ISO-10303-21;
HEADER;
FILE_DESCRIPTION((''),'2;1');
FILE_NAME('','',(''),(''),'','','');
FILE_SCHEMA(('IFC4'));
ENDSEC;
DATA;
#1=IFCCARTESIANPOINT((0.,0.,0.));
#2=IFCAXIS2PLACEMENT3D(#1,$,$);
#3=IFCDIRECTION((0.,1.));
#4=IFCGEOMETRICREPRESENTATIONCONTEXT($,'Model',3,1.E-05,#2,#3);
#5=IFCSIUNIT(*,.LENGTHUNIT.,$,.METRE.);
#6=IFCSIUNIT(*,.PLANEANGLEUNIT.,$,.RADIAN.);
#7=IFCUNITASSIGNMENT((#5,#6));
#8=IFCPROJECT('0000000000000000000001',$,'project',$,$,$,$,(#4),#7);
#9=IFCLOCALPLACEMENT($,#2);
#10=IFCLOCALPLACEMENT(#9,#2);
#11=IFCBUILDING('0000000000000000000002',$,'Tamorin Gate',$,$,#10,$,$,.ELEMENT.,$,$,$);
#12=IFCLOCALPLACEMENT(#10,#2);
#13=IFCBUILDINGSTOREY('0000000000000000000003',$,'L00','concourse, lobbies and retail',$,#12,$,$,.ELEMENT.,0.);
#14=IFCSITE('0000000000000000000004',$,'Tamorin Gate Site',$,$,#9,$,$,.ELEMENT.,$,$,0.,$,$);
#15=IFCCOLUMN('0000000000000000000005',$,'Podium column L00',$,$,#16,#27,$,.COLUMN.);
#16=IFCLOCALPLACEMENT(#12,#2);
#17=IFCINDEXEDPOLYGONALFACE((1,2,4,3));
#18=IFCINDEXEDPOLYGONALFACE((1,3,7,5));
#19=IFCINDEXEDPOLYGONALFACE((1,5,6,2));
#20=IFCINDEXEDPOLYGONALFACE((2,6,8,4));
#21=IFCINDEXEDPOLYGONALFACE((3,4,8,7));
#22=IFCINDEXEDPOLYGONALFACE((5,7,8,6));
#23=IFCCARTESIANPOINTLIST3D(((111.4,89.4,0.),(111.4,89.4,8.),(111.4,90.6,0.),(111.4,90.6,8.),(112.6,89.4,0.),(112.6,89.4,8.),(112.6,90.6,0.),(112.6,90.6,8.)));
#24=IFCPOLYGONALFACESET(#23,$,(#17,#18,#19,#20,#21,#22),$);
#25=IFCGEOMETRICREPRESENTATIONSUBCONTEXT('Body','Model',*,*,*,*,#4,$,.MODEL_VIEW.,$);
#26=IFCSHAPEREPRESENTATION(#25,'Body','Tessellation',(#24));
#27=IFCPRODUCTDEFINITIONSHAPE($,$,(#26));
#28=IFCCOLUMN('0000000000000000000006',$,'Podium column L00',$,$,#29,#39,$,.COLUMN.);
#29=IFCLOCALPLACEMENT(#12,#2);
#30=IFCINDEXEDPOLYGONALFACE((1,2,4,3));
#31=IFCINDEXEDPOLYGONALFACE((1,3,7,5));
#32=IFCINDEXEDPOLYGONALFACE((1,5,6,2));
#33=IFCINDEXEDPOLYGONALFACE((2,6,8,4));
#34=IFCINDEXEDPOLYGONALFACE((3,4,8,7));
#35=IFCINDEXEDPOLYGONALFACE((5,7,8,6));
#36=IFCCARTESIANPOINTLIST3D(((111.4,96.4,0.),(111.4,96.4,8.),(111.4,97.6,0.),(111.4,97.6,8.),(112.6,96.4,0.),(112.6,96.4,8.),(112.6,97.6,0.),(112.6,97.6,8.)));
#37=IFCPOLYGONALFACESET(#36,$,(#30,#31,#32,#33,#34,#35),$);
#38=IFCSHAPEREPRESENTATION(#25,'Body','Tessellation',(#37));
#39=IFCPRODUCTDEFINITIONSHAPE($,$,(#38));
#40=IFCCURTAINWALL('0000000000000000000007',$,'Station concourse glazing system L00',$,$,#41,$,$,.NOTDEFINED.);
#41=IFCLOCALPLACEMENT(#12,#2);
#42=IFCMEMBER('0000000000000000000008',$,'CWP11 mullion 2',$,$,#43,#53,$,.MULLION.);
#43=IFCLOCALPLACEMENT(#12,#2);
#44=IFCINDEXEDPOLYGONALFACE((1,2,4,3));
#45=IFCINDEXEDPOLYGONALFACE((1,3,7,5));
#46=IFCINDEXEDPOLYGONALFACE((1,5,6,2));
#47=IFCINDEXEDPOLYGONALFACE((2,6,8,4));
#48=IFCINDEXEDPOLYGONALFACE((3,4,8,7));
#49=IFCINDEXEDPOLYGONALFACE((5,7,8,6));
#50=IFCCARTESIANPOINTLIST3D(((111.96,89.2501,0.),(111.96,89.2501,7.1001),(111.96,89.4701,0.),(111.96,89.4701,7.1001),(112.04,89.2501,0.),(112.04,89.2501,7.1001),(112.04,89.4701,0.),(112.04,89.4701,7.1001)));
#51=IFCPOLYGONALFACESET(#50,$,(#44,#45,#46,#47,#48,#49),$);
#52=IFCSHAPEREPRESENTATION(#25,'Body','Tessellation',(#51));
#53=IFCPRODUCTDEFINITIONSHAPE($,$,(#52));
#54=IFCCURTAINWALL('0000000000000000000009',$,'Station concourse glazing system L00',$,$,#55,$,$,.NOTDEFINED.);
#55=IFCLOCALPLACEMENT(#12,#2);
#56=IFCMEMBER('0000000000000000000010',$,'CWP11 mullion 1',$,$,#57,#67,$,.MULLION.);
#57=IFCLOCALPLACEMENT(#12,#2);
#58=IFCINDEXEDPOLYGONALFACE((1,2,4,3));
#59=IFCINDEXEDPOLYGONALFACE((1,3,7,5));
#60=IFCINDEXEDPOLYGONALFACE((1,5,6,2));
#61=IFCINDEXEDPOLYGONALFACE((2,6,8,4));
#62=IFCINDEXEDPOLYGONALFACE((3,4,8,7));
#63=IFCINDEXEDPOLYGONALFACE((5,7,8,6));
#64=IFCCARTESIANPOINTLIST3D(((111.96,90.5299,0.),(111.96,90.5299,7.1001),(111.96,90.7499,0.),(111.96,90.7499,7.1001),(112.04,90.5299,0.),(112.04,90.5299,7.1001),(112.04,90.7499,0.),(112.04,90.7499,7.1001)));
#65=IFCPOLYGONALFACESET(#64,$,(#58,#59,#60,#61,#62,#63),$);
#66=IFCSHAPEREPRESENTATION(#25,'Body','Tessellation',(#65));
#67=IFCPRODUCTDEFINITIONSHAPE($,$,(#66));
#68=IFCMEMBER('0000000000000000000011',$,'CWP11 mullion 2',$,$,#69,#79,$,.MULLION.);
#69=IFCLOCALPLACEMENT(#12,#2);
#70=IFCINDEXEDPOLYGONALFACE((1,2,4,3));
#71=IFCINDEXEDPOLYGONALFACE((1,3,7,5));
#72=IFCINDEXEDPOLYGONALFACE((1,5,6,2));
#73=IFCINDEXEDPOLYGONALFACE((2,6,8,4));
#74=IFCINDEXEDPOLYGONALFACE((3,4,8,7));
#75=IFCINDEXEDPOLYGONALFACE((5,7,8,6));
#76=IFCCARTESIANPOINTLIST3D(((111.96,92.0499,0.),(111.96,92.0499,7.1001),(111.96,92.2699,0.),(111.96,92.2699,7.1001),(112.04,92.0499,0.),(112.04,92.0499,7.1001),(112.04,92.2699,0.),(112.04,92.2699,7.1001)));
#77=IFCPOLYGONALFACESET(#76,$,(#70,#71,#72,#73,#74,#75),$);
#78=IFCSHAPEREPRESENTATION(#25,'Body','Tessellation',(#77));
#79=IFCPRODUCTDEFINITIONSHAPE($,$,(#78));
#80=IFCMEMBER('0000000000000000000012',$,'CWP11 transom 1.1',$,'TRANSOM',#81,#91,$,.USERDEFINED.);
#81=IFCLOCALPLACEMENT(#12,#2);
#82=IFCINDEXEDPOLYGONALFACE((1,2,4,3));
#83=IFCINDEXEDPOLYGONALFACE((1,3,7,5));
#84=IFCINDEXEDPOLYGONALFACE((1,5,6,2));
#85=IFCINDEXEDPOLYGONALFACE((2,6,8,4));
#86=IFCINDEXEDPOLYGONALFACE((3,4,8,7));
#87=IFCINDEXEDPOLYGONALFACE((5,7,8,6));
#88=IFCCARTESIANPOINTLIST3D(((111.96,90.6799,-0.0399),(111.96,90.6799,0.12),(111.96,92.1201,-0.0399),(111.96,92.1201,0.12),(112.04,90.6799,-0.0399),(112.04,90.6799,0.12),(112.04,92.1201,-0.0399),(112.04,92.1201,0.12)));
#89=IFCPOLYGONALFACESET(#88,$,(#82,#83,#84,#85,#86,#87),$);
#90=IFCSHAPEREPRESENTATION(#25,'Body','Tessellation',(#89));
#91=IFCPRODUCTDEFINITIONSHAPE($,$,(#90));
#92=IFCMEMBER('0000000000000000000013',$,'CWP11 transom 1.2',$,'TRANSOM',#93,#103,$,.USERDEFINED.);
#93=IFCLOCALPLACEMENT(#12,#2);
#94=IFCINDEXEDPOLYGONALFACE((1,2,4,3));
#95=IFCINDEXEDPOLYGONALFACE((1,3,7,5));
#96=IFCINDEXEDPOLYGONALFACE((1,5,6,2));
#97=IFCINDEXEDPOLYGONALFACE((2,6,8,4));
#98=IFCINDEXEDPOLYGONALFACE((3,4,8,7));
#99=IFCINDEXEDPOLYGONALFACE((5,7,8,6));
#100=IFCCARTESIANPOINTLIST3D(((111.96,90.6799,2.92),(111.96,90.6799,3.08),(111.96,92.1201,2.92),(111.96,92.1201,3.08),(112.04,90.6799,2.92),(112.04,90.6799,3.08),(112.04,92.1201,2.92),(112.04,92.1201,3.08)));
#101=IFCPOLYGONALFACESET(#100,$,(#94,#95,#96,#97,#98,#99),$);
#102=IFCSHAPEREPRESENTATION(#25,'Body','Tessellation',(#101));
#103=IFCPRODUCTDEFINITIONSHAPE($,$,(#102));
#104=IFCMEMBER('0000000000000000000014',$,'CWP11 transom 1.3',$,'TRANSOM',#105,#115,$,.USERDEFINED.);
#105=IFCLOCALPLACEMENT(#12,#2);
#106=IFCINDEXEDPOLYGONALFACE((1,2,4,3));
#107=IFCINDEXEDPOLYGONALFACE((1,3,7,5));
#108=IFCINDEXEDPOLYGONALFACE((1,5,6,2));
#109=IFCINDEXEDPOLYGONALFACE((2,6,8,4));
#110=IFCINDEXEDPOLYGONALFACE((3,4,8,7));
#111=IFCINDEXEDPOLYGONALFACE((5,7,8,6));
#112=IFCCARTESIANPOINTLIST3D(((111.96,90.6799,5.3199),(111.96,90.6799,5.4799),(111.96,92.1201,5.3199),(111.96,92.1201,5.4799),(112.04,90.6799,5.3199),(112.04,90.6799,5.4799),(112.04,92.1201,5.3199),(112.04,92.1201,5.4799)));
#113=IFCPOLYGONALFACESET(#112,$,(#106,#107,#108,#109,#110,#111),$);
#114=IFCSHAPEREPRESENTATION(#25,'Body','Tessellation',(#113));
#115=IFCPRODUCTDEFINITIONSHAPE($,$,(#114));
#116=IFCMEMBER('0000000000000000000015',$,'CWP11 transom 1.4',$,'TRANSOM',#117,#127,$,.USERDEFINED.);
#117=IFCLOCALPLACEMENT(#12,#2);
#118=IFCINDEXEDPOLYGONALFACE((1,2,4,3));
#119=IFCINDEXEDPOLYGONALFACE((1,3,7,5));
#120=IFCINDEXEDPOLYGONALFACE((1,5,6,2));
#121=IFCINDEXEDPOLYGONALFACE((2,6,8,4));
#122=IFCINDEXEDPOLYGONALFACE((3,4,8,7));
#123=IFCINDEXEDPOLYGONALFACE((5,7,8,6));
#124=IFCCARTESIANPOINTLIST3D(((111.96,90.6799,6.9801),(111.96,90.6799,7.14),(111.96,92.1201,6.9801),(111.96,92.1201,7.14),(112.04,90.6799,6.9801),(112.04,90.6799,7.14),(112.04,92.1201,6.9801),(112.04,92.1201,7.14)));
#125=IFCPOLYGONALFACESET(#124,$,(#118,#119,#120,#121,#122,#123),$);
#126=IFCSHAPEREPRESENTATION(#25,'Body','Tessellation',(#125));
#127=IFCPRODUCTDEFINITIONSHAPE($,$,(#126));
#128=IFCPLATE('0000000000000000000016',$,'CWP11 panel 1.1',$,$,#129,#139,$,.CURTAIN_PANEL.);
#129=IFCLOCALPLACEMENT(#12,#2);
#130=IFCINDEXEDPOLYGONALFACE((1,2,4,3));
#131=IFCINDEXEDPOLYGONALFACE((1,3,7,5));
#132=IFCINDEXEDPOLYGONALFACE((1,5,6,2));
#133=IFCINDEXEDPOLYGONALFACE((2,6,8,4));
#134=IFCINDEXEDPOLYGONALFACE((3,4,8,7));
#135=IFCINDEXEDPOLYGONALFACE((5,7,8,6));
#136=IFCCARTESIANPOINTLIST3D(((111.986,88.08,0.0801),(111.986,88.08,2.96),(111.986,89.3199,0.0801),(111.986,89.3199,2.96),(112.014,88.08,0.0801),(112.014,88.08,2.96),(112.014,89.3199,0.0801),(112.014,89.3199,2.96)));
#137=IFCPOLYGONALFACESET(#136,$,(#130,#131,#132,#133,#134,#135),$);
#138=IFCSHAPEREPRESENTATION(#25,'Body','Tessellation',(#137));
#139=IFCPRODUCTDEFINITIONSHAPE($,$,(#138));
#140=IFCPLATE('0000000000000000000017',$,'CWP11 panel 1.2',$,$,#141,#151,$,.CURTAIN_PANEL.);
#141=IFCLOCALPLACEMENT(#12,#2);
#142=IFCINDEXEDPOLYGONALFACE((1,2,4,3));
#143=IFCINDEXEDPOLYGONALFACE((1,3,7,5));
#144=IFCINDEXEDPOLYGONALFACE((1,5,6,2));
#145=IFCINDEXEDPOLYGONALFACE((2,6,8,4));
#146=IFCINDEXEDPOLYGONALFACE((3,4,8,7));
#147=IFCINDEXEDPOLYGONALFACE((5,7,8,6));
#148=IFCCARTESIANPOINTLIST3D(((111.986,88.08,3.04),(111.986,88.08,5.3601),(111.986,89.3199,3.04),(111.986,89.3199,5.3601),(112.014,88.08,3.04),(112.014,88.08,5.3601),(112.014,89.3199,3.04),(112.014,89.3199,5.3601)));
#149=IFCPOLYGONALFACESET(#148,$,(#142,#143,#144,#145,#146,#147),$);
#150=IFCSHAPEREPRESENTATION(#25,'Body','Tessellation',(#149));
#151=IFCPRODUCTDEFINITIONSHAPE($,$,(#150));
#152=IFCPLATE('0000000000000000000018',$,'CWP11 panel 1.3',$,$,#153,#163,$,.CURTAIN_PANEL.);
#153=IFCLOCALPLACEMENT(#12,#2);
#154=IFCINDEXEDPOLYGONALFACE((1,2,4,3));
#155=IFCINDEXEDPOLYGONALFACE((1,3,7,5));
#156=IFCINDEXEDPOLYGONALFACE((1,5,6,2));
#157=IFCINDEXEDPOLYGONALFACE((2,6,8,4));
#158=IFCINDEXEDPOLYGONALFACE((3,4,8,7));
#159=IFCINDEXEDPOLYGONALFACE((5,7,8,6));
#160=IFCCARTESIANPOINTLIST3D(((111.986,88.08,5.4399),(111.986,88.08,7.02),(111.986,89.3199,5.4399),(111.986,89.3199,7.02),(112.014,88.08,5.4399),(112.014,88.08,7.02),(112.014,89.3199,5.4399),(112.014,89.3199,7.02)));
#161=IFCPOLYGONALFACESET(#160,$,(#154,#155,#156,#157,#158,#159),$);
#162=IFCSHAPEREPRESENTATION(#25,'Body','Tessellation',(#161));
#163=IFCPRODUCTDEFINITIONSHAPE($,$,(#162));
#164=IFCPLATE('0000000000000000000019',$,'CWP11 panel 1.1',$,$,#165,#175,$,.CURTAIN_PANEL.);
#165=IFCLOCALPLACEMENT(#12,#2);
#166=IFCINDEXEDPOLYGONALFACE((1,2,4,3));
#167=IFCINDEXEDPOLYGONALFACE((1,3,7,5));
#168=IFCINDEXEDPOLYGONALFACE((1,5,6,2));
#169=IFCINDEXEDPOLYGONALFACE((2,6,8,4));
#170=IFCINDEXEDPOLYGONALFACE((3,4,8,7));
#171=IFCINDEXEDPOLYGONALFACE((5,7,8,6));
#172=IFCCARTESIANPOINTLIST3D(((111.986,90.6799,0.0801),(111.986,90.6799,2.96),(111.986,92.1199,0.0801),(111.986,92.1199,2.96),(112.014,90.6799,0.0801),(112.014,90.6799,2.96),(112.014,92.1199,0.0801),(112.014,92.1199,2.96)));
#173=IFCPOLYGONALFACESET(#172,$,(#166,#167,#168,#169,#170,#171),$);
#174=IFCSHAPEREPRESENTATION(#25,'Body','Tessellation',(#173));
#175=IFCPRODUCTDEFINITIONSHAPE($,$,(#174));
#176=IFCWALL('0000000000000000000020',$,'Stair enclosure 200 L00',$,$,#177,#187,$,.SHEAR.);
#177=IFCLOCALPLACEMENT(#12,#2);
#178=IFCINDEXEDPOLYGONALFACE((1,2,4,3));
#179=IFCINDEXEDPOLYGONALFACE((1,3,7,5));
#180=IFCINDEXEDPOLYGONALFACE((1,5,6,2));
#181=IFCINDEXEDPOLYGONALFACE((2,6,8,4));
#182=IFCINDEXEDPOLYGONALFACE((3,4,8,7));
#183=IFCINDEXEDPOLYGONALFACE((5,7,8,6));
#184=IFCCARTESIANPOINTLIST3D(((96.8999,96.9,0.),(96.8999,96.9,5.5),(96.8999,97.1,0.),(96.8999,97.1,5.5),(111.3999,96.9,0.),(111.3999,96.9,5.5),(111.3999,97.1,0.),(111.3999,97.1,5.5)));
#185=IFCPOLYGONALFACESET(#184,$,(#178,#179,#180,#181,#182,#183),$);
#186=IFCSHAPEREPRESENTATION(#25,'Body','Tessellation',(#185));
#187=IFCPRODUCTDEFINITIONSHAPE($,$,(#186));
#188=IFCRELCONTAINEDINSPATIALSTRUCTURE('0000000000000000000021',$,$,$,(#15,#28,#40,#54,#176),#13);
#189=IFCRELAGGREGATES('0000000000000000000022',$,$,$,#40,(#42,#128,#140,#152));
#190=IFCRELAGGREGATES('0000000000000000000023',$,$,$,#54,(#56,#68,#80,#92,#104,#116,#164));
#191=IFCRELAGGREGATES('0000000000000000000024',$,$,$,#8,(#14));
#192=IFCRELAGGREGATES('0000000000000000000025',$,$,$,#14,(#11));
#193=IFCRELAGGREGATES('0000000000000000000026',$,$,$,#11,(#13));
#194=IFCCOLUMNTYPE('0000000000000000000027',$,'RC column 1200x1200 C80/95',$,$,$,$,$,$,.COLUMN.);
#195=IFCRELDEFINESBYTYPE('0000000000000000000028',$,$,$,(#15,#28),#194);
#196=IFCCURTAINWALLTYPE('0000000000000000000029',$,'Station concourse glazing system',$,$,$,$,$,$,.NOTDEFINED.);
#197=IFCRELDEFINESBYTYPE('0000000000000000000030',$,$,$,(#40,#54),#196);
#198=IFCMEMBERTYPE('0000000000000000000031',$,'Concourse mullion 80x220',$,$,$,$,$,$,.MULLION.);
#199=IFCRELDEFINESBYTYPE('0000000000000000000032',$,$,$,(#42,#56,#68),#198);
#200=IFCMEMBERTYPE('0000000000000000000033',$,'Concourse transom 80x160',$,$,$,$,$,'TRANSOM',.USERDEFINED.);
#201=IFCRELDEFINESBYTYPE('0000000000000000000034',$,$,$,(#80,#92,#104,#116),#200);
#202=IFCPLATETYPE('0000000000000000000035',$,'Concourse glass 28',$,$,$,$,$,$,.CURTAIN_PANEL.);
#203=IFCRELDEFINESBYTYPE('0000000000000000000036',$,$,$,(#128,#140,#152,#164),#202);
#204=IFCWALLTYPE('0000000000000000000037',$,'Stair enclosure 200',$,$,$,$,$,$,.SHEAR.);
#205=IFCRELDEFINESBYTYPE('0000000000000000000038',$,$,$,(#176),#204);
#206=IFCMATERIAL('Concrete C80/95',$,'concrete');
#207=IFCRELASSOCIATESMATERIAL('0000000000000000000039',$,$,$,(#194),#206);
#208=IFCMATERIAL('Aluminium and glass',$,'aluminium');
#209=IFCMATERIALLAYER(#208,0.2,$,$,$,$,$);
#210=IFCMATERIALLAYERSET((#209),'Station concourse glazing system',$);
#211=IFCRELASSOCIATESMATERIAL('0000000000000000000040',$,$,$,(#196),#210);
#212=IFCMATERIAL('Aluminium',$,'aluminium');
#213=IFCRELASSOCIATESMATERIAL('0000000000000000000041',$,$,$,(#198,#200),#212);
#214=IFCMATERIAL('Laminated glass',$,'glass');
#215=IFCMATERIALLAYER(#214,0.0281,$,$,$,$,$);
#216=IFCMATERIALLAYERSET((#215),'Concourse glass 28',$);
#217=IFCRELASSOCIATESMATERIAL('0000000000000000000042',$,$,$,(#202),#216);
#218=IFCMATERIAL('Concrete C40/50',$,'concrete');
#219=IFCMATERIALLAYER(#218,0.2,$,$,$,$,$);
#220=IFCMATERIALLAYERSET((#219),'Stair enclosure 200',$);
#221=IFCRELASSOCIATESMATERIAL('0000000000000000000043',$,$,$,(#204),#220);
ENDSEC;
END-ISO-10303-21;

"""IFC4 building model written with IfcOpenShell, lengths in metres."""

from ifc_helpers import new_model, si_unit, direction, frame, frame_2d, origin, origin_2d, place, context, subcontext, project, spatial, rectangle, extrude, material, layer, layer_set, material_profile, profile_set, type_object, element, aggregate, save


model = new_model("IFC4")

# Units and contexts
model_context = context("Model", 3, precision=1e-05, world=origin(), true_north=direction((0.0, 1.0)))
body_context = subcontext(model_context, "Body", "Model", "MODEL_VIEW")
ifc_project = project(units=[si_unit("LENGTHUNIT", "METRE"), si_unit("PLANEANGLEUNIT", "RADIAN")], contexts=[model_context])

# Site, building, storey
site_placement = place(None, origin())
site = spatial("IfcSite", under=ifc_project, at=site_placement, Name="Tamorin Gate Site", CompositionType="ELEMENT", RefElevation=0.0)
building_placement = place(site_placement, origin())
building = spatial("IfcBuilding", under=site, at=building_placement, Name="Tamorin Gate", CompositionType="ELEMENT")
storey_placement = place(building_placement, origin())
storey = spatial("IfcBuildingStorey", under=building, at=storey_placement, Name="L00", Description="concourse, lobbies and retail", CompositionType="ELEMENT", Elevation=0.0)

# Columns
ifc_material_1 = material(Name="Concrete C80/95", Category="concrete")
ifc_material_profile_1 = material_profile(ifc_material_1, rectangle(XDim=1.2, YDim=1.2, at=origin_2d()), Name="RC 1200x1200")
ifc_profile_set_1 = profile_set([ifc_material_profile_1], Name="Concrete C80/95")
column_type = type_object("IfcColumnType", Name="RC column 1200x1200 C80/95", PredefinedType="COLUMN", material=ifc_profile_set_1)
for number, where, z_axis, x_axis, name in (
    (1, (112.0, 90.0, 0.0), (0.0, 0.0, 1.0), (1.0, 0.0, 0.0), "Podium column L00"),
    (2, (112.0, 97.0, 0.0), (0.0, 0.0, 1.0), (1.0, 0.0, 0.0), "Podium column L00"),
):
    element("IfcColumn", number, at=place(storey_placement, frame(where, z_axis=z_axis, x_axis=x_axis)), inside=storey, type_object=column_type, Name=name, PredefinedType="COLUMN", context=body_context, shape_type="SweptSolid", body=[
        extrude(rectangle(XDim=1.2, YDim=1.2, at=origin_2d()), origin(), (0.0, 0.0, 1.0), 8.0),
    ])

# Curtain wall, member
ifc_material_2 = material(Name="Aluminium and glass", Category="aluminium")
ifc_layer_1 = layer(ifc_material_2, 0.2)
ifc_layer_set_1 = layer_set([ifc_layer_1], Name="Station concourse glazing system")
curtain_wall_type = type_object("IfcCurtainWallType", Name="Station concourse glazing system", PredefinedType="NOTDEFINED", material=ifc_layer_set_1)
curtain_wall_1_placement = place(storey_placement, origin())
curtain_wall_1 = element("IfcCurtainWall", 3, at=curtain_wall_1_placement, inside=storey, type_object=curtain_wall_type, Name="Station concourse glazing system L00", PredefinedType="NOTDEFINED")
ifc_material_3 = material(Name="Aluminium", Category="aluminium")
ifc_material_profile_2 = material_profile(ifc_material_3, rectangle(XDim=0.0801, YDim=0.22, at=origin_2d()), Name="RECT 80x220")
ifc_profile_set_2 = profile_set([ifc_material_profile_2], Name="Aluminium")
member_type_1 = type_object("IfcMemberType", Name="Concourse mullion 80x220", PredefinedType="MULLION", material=ifc_profile_set_2)
member_1_placement = place(storey_placement, frame((112.0, 89.3601, 0.0), z_axis=(0.0, 0.0, 1.0), x_axis=(-1.0, 0.0, 0.0)))
member_1 = element("IfcMember", 4, at=member_1_placement, type_object=member_type_1, Name="CWP11 mullion 2", PredefinedType="MULLION", context=body_context, shape_type="SweptSolid", body=[
    extrude(rectangle(XDim=0.0801, YDim=0.22, at=origin_2d()), origin(), (0.0, 0.0, 1.0), 7.1001),
])

# Curtain wall, members
curtain_wall_2_placement = place(storey_placement, origin())
curtain_wall_2 = element("IfcCurtainWall", 5, at=curtain_wall_2_placement, inside=storey, type_object=curtain_wall_type, Name="Station concourse glazing system L00", PredefinedType="NOTDEFINED")
member_2_placement = place(storey_placement, frame((112.0, 90.6399, 0.0), z_axis=(0.0, 0.0, 1.0), x_axis=(-1.0, 0.0, 0.0)))
member_2 = element("IfcMember", 6, at=member_2_placement, type_object=member_type_1, Name="CWP11 mullion 1", PredefinedType="MULLION", context=body_context, shape_type="SweptSolid", body=[
    extrude(rectangle(XDim=0.0801, YDim=0.22, at=origin_2d()), origin(), (0.0, 0.0, 1.0), 7.1001),
])
member_3_placement = place(storey_placement, frame((112.0, 92.1599, 0.0), z_axis=(0.0, 0.0, 1.0), x_axis=(-1.0, 0.0, 0.0)))
member_3 = element("IfcMember", 7, at=member_3_placement, type_object=member_type_1, Name="CWP11 mullion 2", PredefinedType="MULLION", context=body_context, shape_type="SweptSolid", body=[
    extrude(rectangle(XDim=0.0801, YDim=0.22, at=origin_2d()), origin(), (0.0, 0.0, 1.0), 7.1001),
])
ifc_material_profile_3 = material_profile(ifc_material_3, rectangle(XDim=0.0801, YDim=0.1599, at=origin_2d()), Name="RECT 80x160")
ifc_profile_set_3 = profile_set([ifc_material_profile_3], Name="Aluminium")
member_type_2 = type_object("IfcMemberType", Name="Concourse transom 80x160", ElementType="TRANSOM", PredefinedType="USERDEFINED", material=ifc_profile_set_3)
member_4_placement = place(storey_placement, frame((112.0, 90.6799, 0.04), z_axis=(0.0, 1.0, 0.0), x_axis=(-1.0, 0.0, 0.0)))
member_4 = element("IfcMember", 8, at=member_4_placement, type_object=member_type_2, Name="CWP11 transom 1.1", ObjectType="TRANSOM", PredefinedType="USERDEFINED", context=body_context, shape_type="SweptSolid", body=[
    extrude(rectangle(XDim=0.0801, YDim=0.1599, at=origin_2d()), origin(), (0.0, 0.0, 1.0), 1.4402),
])
member_5_placement = place(storey_placement, frame((112.0, 90.6799, 3.0), z_axis=(0.0, 1.0, 0.0), x_axis=(-1.0, 0.0, 0.0)))
member_5 = element("IfcMember", 9, at=member_5_placement, type_object=member_type_2, Name="CWP11 transom 1.2", ObjectType="TRANSOM", PredefinedType="USERDEFINED", context=body_context, shape_type="SweptSolid", body=[
    extrude(rectangle(XDim=0.0801, YDim=0.1599, at=origin_2d()), origin(), (0.0, 0.0, 1.0), 1.4402),
])
member_6_placement = place(storey_placement, frame((112.0, 90.6799, 5.3999), z_axis=(0.0, 1.0, 0.0), x_axis=(-1.0, 0.0, 0.0)))
member_6 = element("IfcMember", 10, at=member_6_placement, type_object=member_type_2, Name="CWP11 transom 1.3", ObjectType="TRANSOM", PredefinedType="USERDEFINED", context=body_context, shape_type="SweptSolid", body=[
    extrude(rectangle(XDim=0.0801, YDim=0.1599, at=origin_2d()), origin(), (0.0, 0.0, 1.0), 1.4402),
])
member_7_placement = place(storey_placement, frame((112.0, 90.6799, 7.0601), z_axis=(0.0, 1.0, 0.0), x_axis=(-1.0, 0.0, 0.0)))
member_7 = element("IfcMember", 11, at=member_7_placement, type_object=member_type_2, Name="CWP11 transom 1.4", ObjectType="TRANSOM", PredefinedType="USERDEFINED", context=body_context, shape_type="SweptSolid", body=[
    extrude(rectangle(XDim=0.0801, YDim=0.1599, at=origin_2d()), origin(), (0.0, 0.0, 1.0), 1.4402),
])

# Plates
ifc_material_4 = material(Name="Laminated glass", Category="glass")
ifc_layer_2 = layer(ifc_material_4, 0.0281)
ifc_layer_set_2 = layer_set([ifc_layer_2], Name="Concourse glass 28")
plate_type = type_object("IfcPlateType", Name="Concourse glass 28", PredefinedType="CURTAIN_PANEL", material=ifc_layer_set_2)
plate_1_placement = place(storey_placement, frame((112.0, 88.7, 0.0801), z_axis=(0.0, 0.0, 1.0), x_axis=(0.0, 1.0, 0.0)))
plate_1 = element("IfcPlate", 12, at=plate_1_placement, type_object=plate_type, Name="CWP11 panel 1.1", PredefinedType="CURTAIN_PANEL", context=body_context, shape_type="SweptSolid", body=[
    extrude(rectangle(XDim=1.24, YDim=0.0281, at=origin_2d()), origin(), (0.0, 0.0, 1.0), 2.8799),
])
plate_2_placement = place(storey_placement, frame((112.0, 88.7, 3.04), z_axis=(0.0, 0.0, 1.0), x_axis=(0.0, 1.0, 0.0)))
plate_2 = element("IfcPlate", 13, at=plate_2_placement, type_object=plate_type, Name="CWP11 panel 1.2", PredefinedType="CURTAIN_PANEL", context=body_context, shape_type="SweptSolid", body=[
    extrude(rectangle(XDim=1.24, YDim=0.0281, at=origin_2d()), origin(), (0.0, 0.0, 1.0), 2.3201),
])
plate_3_placement = place(storey_placement, frame((112.0, 88.7, 5.4399), z_axis=(0.0, 0.0, 1.0), x_axis=(0.0, 1.0, 0.0)))
plate_3 = element("IfcPlate", 14, at=plate_3_placement, type_object=plate_type, Name="CWP11 panel 1.3", PredefinedType="CURTAIN_PANEL", context=body_context, shape_type="SweptSolid", body=[
    extrude(rectangle(XDim=1.24, YDim=0.0281, at=origin_2d()), origin(), (0.0, 0.0, 1.0), 1.5801),
])
aggregate(curtain_wall_1, [member_1, plate_1, plate_2, plate_3])
plate_4_placement = place(storey_placement, frame((112.0, 91.3999, 0.0801), z_axis=(0.0, 0.0, 1.0), x_axis=(0.0, 1.0, 0.0)))
plate_4 = element("IfcPlate", 15, at=plate_4_placement, type_object=plate_type, Name="CWP11 panel 1.1", PredefinedType="CURTAIN_PANEL", context=body_context, shape_type="SweptSolid", body=[
    extrude(rectangle(XDim=1.4399, YDim=0.0281, at=origin_2d()), origin(), (0.0, 0.0, 1.0), 2.8799),
])
aggregate(curtain_wall_2, [member_2, member_3, member_4, member_5, member_6, member_7, plate_4])

# Wall
ifc_material_5 = material(Name="Concrete C40/50", Category="concrete")
ifc_layer_3 = layer(ifc_material_5, 0.2)
ifc_layer_set_3 = layer_set([ifc_layer_3], Name="Stair enclosure 200")
wall_type_1 = type_object("IfcWallType", Name="Stair enclosure 200", PredefinedType="SHEAR", material=ifc_layer_set_3)
wall_1_placement = place(storey_placement, frame((96.8999, 97.0, 0.0), z_axis=(0.0, 0.0, 1.0), x_axis=(1.0, 0.0, 0.0)))
element("IfcWall", 16, at=wall_1_placement, inside=storey, type_object=wall_type_1, Name="Stair enclosure 200 L00", PredefinedType="SHEAR", context=body_context, shape_type="SweptSolid", body=[
    extrude(rectangle(XDim=14.5, YDim=0.2, at=frame_2d((7.25, 0.0))), origin(), (0.0, 0.0, 1.0), 5.5),
])

save(model, "model.ifc")
